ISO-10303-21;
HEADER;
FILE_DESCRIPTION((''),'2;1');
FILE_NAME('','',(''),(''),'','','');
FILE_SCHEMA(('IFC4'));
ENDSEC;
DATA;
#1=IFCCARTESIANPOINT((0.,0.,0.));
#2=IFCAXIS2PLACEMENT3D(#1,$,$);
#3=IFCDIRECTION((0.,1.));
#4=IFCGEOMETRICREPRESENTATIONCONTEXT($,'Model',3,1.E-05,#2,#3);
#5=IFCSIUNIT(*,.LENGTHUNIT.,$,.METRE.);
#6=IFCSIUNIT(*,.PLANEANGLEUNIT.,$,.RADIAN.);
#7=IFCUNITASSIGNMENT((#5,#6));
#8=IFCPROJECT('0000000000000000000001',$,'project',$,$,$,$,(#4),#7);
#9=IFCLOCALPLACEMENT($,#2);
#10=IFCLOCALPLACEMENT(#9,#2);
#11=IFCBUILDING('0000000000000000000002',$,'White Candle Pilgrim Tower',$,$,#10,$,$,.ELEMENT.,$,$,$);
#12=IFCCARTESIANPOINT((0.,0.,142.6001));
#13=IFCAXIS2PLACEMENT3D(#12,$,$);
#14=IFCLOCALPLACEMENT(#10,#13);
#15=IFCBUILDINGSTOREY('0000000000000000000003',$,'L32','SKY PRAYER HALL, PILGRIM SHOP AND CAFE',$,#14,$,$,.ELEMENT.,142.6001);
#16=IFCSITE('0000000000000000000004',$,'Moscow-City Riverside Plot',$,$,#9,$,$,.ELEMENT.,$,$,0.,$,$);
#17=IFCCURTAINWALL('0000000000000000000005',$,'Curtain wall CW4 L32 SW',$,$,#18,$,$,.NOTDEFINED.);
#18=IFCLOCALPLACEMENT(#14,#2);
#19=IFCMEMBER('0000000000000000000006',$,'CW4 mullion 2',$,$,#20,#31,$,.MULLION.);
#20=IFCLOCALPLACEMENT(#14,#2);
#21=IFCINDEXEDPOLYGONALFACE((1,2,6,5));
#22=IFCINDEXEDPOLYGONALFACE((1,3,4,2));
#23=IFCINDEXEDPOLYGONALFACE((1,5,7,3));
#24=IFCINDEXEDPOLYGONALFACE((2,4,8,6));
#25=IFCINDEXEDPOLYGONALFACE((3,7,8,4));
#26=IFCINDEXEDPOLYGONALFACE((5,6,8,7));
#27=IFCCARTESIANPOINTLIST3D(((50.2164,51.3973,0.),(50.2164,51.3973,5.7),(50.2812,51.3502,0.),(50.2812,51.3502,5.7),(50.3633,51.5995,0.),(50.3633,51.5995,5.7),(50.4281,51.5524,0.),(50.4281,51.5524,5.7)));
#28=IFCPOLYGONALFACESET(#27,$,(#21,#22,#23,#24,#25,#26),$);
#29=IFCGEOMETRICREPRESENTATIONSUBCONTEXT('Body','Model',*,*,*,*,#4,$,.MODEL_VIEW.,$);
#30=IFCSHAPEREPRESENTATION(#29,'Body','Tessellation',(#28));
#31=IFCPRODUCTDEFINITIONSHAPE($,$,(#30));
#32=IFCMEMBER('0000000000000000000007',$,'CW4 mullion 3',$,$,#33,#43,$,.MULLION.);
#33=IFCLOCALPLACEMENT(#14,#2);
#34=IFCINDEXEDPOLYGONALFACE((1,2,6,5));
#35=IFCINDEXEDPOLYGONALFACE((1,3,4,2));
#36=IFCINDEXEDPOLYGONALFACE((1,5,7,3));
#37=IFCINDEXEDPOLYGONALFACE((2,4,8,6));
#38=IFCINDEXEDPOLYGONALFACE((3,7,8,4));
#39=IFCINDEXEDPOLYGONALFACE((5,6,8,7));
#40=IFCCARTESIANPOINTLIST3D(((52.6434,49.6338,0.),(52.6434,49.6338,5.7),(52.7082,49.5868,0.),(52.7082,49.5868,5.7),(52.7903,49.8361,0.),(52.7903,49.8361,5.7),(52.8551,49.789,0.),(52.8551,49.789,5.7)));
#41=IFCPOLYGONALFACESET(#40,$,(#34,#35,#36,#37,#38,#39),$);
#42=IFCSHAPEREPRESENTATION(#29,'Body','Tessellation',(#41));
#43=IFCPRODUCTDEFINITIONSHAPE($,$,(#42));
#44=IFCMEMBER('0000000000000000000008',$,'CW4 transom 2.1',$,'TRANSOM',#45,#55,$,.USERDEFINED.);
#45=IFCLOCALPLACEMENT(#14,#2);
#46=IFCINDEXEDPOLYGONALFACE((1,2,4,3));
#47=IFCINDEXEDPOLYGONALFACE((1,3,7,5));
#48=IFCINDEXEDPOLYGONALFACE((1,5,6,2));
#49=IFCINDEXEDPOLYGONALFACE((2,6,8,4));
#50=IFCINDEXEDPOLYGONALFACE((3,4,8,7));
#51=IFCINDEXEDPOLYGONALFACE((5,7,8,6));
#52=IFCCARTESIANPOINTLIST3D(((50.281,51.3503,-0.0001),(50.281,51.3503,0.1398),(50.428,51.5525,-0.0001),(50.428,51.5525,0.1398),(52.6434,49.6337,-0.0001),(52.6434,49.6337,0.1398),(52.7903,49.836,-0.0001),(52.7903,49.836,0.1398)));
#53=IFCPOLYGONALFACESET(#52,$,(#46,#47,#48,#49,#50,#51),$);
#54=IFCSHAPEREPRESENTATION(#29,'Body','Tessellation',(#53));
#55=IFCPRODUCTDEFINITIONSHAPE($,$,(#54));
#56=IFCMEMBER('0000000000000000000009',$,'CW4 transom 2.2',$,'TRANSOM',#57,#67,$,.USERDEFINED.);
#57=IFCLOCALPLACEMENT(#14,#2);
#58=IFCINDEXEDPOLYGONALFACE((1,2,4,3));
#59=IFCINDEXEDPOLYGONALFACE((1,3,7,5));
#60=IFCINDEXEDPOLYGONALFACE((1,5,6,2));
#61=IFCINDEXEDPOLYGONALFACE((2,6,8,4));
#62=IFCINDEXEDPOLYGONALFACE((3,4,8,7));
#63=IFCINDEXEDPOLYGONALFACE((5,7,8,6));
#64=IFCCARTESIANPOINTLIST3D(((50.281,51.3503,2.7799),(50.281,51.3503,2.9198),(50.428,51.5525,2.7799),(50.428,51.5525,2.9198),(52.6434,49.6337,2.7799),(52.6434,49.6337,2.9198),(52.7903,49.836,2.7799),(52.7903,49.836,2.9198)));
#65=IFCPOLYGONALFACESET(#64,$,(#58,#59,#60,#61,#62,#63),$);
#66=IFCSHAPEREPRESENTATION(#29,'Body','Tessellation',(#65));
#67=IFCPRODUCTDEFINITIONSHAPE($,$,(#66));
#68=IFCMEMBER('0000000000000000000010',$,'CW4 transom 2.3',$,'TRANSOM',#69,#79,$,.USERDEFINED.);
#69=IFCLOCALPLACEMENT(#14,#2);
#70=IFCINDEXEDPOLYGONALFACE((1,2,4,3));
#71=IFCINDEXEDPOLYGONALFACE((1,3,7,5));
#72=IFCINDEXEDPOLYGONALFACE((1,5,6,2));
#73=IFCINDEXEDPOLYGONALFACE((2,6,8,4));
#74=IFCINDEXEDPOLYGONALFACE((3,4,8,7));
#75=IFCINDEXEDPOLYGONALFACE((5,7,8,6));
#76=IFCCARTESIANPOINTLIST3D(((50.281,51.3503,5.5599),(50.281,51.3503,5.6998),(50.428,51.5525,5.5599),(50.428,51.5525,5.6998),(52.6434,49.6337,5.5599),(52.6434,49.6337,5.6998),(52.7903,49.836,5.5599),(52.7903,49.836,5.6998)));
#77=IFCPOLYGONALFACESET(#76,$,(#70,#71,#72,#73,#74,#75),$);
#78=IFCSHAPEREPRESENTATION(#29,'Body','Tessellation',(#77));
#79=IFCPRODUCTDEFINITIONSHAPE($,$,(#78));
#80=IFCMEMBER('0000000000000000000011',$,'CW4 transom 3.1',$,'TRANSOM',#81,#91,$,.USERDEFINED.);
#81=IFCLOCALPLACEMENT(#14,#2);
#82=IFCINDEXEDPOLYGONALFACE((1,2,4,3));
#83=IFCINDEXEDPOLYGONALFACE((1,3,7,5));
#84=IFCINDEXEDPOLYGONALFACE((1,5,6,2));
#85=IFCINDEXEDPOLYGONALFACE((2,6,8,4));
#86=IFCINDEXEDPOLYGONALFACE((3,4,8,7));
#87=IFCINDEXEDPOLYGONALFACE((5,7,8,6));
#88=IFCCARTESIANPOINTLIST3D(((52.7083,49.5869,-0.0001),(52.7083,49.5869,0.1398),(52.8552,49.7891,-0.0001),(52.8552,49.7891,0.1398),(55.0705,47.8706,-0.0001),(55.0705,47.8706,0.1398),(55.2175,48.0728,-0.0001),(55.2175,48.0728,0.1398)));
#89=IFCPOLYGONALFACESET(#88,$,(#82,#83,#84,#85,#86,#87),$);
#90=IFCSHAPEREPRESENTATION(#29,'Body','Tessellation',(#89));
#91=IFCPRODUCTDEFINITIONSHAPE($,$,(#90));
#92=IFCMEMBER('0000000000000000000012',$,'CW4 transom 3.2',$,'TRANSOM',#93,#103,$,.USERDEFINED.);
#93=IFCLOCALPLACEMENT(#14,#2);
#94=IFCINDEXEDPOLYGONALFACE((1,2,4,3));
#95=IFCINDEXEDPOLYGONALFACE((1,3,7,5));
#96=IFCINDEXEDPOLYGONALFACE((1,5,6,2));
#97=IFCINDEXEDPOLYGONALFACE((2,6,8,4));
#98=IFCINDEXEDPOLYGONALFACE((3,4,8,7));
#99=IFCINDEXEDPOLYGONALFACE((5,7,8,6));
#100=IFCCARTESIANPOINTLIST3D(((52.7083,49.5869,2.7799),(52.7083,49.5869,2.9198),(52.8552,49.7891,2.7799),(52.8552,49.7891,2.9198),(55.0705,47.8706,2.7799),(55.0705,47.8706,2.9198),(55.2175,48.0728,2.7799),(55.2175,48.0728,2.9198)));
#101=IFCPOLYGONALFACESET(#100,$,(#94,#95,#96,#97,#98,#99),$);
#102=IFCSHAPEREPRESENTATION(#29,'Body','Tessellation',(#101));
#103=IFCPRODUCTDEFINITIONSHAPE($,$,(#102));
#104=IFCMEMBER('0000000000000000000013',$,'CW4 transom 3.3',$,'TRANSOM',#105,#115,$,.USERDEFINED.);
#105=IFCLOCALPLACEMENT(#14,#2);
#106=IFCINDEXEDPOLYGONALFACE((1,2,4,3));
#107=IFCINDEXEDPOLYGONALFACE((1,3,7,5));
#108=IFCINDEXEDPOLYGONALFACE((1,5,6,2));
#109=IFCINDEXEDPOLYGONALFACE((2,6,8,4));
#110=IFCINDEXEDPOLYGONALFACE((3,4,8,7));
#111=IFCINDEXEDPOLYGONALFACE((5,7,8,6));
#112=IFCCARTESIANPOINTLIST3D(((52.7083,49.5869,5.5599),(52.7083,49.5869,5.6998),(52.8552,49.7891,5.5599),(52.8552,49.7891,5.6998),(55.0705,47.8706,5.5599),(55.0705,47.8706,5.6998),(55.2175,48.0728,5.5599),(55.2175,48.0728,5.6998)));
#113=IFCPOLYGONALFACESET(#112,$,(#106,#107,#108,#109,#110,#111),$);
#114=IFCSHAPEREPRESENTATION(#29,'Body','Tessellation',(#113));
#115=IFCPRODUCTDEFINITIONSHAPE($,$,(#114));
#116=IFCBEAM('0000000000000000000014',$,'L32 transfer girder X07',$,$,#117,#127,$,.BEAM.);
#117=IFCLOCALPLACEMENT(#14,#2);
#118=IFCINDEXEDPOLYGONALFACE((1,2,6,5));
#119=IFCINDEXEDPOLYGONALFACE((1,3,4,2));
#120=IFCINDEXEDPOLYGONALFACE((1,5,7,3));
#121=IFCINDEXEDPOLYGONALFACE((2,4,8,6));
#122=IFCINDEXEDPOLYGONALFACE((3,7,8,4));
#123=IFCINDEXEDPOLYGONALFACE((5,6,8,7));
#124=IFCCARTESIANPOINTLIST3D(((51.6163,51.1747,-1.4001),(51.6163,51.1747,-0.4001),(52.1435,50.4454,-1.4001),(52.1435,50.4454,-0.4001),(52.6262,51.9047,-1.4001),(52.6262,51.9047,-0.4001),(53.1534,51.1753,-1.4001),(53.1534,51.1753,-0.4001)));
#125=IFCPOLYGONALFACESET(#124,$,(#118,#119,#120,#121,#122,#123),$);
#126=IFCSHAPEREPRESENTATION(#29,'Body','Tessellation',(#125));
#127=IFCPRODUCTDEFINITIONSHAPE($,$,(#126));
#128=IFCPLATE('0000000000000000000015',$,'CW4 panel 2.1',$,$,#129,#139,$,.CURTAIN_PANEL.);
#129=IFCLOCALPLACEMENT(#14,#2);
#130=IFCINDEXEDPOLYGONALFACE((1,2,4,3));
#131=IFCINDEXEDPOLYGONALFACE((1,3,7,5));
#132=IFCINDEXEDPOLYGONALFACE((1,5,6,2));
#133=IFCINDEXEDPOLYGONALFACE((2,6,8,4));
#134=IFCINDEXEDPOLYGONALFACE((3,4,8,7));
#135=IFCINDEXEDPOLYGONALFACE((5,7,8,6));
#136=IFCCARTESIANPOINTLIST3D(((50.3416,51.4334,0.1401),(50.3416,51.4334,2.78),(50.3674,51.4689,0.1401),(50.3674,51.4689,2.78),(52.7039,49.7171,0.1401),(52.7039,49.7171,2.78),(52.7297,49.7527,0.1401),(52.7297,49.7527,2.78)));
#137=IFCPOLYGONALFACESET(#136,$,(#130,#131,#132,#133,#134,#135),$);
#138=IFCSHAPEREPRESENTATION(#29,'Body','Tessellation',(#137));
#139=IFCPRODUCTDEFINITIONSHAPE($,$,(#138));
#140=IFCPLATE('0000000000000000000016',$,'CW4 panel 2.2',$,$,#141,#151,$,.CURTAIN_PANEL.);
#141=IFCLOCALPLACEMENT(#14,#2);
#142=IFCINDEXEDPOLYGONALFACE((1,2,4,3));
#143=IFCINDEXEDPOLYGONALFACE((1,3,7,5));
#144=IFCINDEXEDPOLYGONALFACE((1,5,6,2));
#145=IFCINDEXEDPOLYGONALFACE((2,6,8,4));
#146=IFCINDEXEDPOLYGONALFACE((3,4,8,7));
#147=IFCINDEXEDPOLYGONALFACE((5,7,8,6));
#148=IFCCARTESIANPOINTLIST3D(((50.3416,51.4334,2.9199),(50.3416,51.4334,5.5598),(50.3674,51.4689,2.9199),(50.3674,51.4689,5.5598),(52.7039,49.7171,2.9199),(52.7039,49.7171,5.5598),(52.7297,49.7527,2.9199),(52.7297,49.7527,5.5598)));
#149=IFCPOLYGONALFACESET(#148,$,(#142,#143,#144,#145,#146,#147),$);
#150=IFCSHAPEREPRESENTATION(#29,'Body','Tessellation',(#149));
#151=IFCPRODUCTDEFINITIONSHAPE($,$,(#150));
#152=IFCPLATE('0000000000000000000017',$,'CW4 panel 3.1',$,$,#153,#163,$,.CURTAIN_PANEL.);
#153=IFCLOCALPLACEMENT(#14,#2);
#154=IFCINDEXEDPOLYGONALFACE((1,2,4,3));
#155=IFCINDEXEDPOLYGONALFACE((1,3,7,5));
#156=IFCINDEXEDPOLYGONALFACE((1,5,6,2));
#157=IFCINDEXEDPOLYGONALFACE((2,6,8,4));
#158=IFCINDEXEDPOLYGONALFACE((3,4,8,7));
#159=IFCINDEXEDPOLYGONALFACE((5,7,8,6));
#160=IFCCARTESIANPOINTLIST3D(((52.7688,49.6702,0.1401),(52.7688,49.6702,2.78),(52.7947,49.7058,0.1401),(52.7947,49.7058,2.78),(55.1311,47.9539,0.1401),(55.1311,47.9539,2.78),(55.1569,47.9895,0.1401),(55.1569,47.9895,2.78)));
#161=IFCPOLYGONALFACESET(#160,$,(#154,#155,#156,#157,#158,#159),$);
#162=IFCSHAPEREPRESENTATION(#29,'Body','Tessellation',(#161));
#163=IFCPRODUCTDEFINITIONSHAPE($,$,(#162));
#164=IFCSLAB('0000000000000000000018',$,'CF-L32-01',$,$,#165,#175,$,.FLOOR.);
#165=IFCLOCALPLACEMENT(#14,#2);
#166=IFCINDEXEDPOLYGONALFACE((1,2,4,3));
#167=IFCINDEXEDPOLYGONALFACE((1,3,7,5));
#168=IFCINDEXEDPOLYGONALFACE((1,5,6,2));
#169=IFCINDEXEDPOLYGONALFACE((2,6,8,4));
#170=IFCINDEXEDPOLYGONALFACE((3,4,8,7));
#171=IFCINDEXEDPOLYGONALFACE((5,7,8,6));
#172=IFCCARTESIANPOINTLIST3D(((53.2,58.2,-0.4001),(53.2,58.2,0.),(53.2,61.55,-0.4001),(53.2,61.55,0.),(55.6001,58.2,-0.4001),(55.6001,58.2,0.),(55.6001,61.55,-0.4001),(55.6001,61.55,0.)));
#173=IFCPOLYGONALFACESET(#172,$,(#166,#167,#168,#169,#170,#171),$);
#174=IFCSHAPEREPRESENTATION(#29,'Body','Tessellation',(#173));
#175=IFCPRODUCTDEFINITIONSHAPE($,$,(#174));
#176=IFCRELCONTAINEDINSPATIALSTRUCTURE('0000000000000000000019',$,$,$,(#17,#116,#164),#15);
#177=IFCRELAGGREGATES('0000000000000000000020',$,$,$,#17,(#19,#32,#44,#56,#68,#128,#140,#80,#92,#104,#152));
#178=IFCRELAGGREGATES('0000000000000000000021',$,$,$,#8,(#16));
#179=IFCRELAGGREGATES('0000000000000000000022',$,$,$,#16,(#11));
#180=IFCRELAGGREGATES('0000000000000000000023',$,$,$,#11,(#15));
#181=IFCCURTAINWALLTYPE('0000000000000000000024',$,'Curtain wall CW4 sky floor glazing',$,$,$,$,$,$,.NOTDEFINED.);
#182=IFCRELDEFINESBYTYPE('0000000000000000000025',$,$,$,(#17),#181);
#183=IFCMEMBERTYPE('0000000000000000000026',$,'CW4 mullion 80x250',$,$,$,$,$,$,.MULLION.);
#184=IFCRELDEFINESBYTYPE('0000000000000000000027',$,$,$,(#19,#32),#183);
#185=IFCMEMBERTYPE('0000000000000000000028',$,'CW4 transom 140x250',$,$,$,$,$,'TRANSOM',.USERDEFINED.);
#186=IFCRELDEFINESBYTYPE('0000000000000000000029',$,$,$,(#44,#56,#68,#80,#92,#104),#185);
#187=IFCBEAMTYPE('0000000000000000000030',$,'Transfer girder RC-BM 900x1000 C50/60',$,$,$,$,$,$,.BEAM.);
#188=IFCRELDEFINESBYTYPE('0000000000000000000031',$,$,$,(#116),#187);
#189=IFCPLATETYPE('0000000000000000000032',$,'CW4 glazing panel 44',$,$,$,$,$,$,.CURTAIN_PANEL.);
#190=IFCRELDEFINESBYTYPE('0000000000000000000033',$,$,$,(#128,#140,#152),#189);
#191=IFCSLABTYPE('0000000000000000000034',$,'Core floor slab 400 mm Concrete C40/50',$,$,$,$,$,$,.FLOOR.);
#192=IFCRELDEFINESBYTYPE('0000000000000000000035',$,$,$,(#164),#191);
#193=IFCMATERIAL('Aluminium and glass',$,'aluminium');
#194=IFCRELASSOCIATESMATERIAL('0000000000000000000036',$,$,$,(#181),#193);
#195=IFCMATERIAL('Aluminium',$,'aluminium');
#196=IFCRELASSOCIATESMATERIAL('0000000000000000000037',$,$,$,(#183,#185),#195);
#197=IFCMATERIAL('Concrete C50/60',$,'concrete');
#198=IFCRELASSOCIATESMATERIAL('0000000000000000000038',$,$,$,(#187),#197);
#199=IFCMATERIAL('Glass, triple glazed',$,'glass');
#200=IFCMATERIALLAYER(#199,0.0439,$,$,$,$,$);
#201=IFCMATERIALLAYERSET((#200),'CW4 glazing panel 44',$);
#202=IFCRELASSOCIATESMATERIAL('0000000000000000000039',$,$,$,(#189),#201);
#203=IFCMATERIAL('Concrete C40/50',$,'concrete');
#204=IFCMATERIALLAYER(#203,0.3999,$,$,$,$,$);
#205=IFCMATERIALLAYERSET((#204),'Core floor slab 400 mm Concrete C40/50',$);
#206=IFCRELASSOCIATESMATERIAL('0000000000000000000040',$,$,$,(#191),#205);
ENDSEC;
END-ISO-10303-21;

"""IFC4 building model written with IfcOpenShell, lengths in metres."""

from ifc_helpers import new_model, si_unit, direction, frame, origin, origin_2d, place, context, subcontext, project, spatial, polyline, rectangle, outline, extrude, material, layer, layer_set, material_profile, profile_set, type_object, element, aggregate, save


model = new_model("IFC4")

# Units and contexts
model_context = context("Model", 3, precision=1e-05, world=origin(), true_north=direction((0.0, 1.0)))
body_context = subcontext(model_context, "Body", "Model", "MODEL_VIEW")
ifc_project = project(units=[si_unit("LENGTHUNIT", "METRE"), si_unit("PLANEANGLEUNIT", "RADIAN")], contexts=[model_context])

# Site, building, storey
site_placement = place(None, origin())
site = spatial("IfcSite", under=ifc_project, at=site_placement, Name="Moscow-City Riverside Plot", CompositionType="ELEMENT", RefElevation=0.0)
building_placement = place(site_placement, origin())
building = spatial("IfcBuilding", under=site, at=building_placement, Name="White Candle Pilgrim Tower", CompositionType="ELEMENT")
storey_placement = place(building_placement, frame((0.0, 0.0, 142.6001)))
storey = spatial("IfcBuildingStorey", under=building, at=storey_placement, Name="L32", Description="SKY PRAYER HALL, PILGRIM SHOP AND CAFE", CompositionType="ELEMENT", Elevation=142.6001)

# Curtain wall, members
ifc_material_1 = material(Name="Aluminium and glass", Category="aluminium")
curtain_wall_type = type_object("IfcCurtainWallType", Name="Curtain wall CW4 sky floor glazing", PredefinedType="NOTDEFINED", material=ifc_material_1)
curtain_wall_placement = place(storey_placement, origin())
curtain_wall = element("IfcCurtainWall", 1, at=curtain_wall_placement, inside=storey, type_object=curtain_wall_type, Name="Curtain wall CW4 L32 SW", PredefinedType="NOTDEFINED")
ifc_material_2 = material(Name="Aluminium", Category="aluminium")
ifc_material_profile_1 = material_profile(ifc_material_2, rectangle(XDim=0.25, YDim=0.0801, at=origin_2d()), Name="CW4 mullion 80x250")
ifc_profile_set_1 = profile_set([ifc_material_profile_1], Name="Aluminium")
member_type_1 = type_object("IfcMemberType", Name="CW4 mullion 80x250", PredefinedType="MULLION", material=ifc_profile_set_1)
member_1_placement = place(storey_placement, frame((50.3223, 51.4749, 0.0), z_axis=(0.0, 0.0, 1.0), x_axis=(0.587785, 0.809017, 0.0)))
member_1 = element("IfcMember", 2, at=member_1_placement, type_object=member_type_1, Name="CW4 mullion 2", PredefinedType="MULLION", context=body_context, shape_type="SweptSolid", body=[
    extrude(rectangle(XDim=0.25, YDim=0.0801, at=origin_2d()), origin(), (0.0, 0.0, 1.0), 5.7),
])
member_2_placement = place(storey_placement, frame((52.7493, 49.7114, 0.0), z_axis=(0.0, 0.0, 1.0), x_axis=(0.587785, 0.809017, 0.0)))
member_2 = element("IfcMember", 3, at=member_2_placement, type_object=member_type_1, Name="CW4 mullion 3", PredefinedType="MULLION", context=body_context, shape_type="SweptSolid", body=[
    extrude(rectangle(XDim=0.25, YDim=0.0801, at=origin_2d()), origin(), (0.0, 0.0, 1.0), 5.7),
])
ifc_material_profile_2 = material_profile(ifc_material_2, rectangle(XDim=0.25, YDim=0.1399, at=origin_2d()), Name="CW4 transom 140x250")
ifc_profile_set_2 = profile_set([ifc_material_profile_2], Name="Aluminium")
member_type_2 = type_object("IfcMemberType", Name="CW4 transom 140x250", ElementType="TRANSOM", PredefinedType="USERDEFINED", material=ifc_profile_set_2)
member_3_placement = place(storey_placement, frame((50.3545, 51.4514, 0.0698), z_axis=(0.808978, -0.587839, 0.0), x_axis=(0.587839, 0.808978, 0.0)))
member_3 = element("IfcMember", 4, at=member_3_placement, type_object=member_type_2, Name="CW4 transom 2.1", ObjectType="TRANSOM", PredefinedType="USERDEFINED", context=body_context, shape_type="SweptSolid", body=[
    extrude(rectangle(XDim=0.25, YDim=0.1399, at=origin_2d()), origin(), (0.0, 0.0, 1.0), 2.9202),
])
member_4_placement = place(storey_placement, frame((50.3545, 51.4514, 2.8499), z_axis=(0.808978, -0.587839, 0.0), x_axis=(0.587839, 0.808978, 0.0)))
member_4 = element("IfcMember", 5, at=member_4_placement, type_object=member_type_2, Name="CW4 transom 2.2", ObjectType="TRANSOM", PredefinedType="USERDEFINED", context=body_context, shape_type="SweptSolid", body=[
    extrude(rectangle(XDim=0.25, YDim=0.1399, at=origin_2d()), origin(), (0.0, 0.0, 1.0), 2.9202),
])
member_5_placement = place(storey_placement, frame((50.3545, 51.4514, 5.6299), z_axis=(0.808978, -0.587839, 0.0), x_axis=(0.587839, 0.808978, 0.0)))
member_5 = element("IfcMember", 6, at=member_5_placement, type_object=member_type_2, Name="CW4 transom 2.3", ObjectType="TRANSOM", PredefinedType="USERDEFINED", context=body_context, shape_type="SweptSolid", body=[
    extrude(rectangle(XDim=0.25, YDim=0.1399, at=origin_2d()), origin(), (0.0, 0.0, 1.0), 2.9202),
])
member_6_placement = place(storey_placement, frame((52.7817, 49.688, 0.0698), z_axis=(0.809018, -0.587784, 0.0), x_axis=(0.587784, 0.809018, 0.0)))
member_6 = element("IfcMember", 7, at=member_6_placement, type_object=member_type_2, Name="CW4 transom 3.1", ObjectType="TRANSOM", PredefinedType="USERDEFINED", context=body_context, shape_type="SweptSolid", body=[
    extrude(rectangle(XDim=0.25, YDim=0.1399, at=origin_2d()), origin(), (0.0, 0.0, 1.0), 2.9199),
])
member_7_placement = place(storey_placement, frame((52.7817, 49.688, 2.8499), z_axis=(0.809018, -0.587784, 0.0), x_axis=(0.587784, 0.809018, 0.0)))
member_7 = element("IfcMember", 8, at=member_7_placement, type_object=member_type_2, Name="CW4 transom 3.2", ObjectType="TRANSOM", PredefinedType="USERDEFINED", context=body_context, shape_type="SweptSolid", body=[
    extrude(rectangle(XDim=0.25, YDim=0.1399, at=origin_2d()), origin(), (0.0, 0.0, 1.0), 2.9199),
])
member_8_placement = place(storey_placement, frame((52.7817, 49.688, 5.6299), z_axis=(0.809018, -0.587784, 0.0), x_axis=(0.587784, 0.809018, 0.0)))
member_8 = element("IfcMember", 9, at=member_8_placement, type_object=member_type_2, Name="CW4 transom 3.3", ObjectType="TRANSOM", PredefinedType="USERDEFINED", context=body_context, shape_type="SweptSolid", body=[
    extrude(rectangle(XDim=0.25, YDim=0.1399, at=origin_2d()), origin(), (0.0, 0.0, 1.0), 2.9199),
])

# Beam
ifc_material_3 = material(Name="Concrete C50/60", Category="concrete")
ifc_material_profile_3 = material_profile(ifc_material_3, rectangle(XDim=0.8999, YDim=1.0, at=origin_2d()), Name="RC-BM 900x1000")
ifc_profile_set_3 = profile_set([ifc_material_profile_3], Name="Concrete C50/60")
beam_type = type_object("IfcBeamType", Name="Transfer girder RC-BM 900x1000 C50/60", PredefinedType="BEAM", material=ifc_profile_set_3)
beam_placement = place(storey_placement, frame((51.8799, 50.8101, -0.9001), z_axis=(0.810478, 0.585769, 0.0), x_axis=(-0.585769, 0.810478, 0.0)))
element("IfcBeam", 10, at=beam_placement, inside=storey, type_object=beam_type, Name="L32 transfer girder X07", PredefinedType="BEAM", context=body_context, shape_type="SweptSolid", body=[
    extrude(rectangle(XDim=0.8999, YDim=1.0, at=origin_2d()), origin(), (0.0, 0.0, 1.0), 1.2461),
])

# Plates
ifc_material_4 = material(Name="Glass, triple glazed", Category="glass")
ifc_layer_1 = layer(ifc_material_4, 0.0439)
ifc_layer_set_1 = layer_set([ifc_layer_1], Name="CW4 glazing panel 44")
plate_type = type_object("IfcPlateType", Name="CW4 glazing panel 44", PredefinedType="CURTAIN_PANEL", material=ifc_layer_set_1)
plate_1_placement = place(storey_placement, frame((51.5356, 50.593, 0.1401), z_axis=(0.0, 0.0, 1.0), x_axis=(0.809017, -0.587785, 0.0)))
plate_1 = element("IfcPlate", 11, at=plate_1_placement, type_object=plate_type, Name="CW4 panel 2.1", PredefinedType="CURTAIN_PANEL", context=body_context, shape_type="SweptSolid", body=[
    extrude(rectangle(XDim=2.9199, YDim=0.0439, at=origin_2d()), origin(), (0.0, 0.0, 1.0), 2.6399),
])
plate_2_placement = place(storey_placement, frame((51.5356, 50.593, 2.9199), z_axis=(0.0, 0.0, 1.0), x_axis=(0.809017, -0.587785, 0.0)))
plate_2 = element("IfcPlate", 12, at=plate_2_placement, type_object=plate_type, Name="CW4 panel 2.2", PredefinedType="CURTAIN_PANEL", context=body_context, shape_type="SweptSolid", body=[
    extrude(rectangle(XDim=2.9199, YDim=0.0439, at=origin_2d()), origin(), (0.0, 0.0, 1.0), 2.6399),
])
plate_3_placement = place(storey_placement, frame((53.9629, 48.8298, 0.1401), z_axis=(0.0, 0.0, 1.0), x_axis=(0.809017, -0.587785, 0.0)))
plate_3 = element("IfcPlate", 13, at=plate_3_placement, type_object=plate_type, Name="CW4 panel 3.1", PredefinedType="CURTAIN_PANEL", context=body_context, shape_type="SweptSolid", body=[
    extrude(rectangle(XDim=2.9199, YDim=0.0439, at=origin_2d()), origin(), (0.0, 0.0, 1.0), 2.6399),
])
aggregate(curtain_wall, [member_1, member_2, member_3, member_4, member_5, plate_1, plate_2, member_6, member_7, member_8, plate_3])

# Slab
ifc_material_5 = material(Name="Concrete C40/50", Category="concrete")
ifc_layer_2 = layer(ifc_material_5, 0.3999)
ifc_layer_set_2 = layer_set([ifc_layer_2], Name="Core floor slab 400 mm Concrete C40/50")
slab_type_1 = type_object("IfcSlabType", Name="Core floor slab 400 mm Concrete C40/50", PredefinedType="FLOOR", material=ifc_layer_set_2)
slab_1_placement = place(storey_placement, frame((0.0, 0.0, -0.4001)))
element("IfcSlab", 14, at=slab_1_placement, inside=storey, type_object=slab_type_1, Name="CF-L32-01", PredefinedType="FLOOR", context=body_context, shape_type="SweptSolid", body=[
    extrude(outline(polyline([(55.6001, 58.2), (53.2, 58.2), (53.2, 61.55), (55.6001, 61.55), (55.6001, 58.2)])), origin(), (0.0, 0.0, 1.0), 0.4001),
])

save(model, "model.ifc")
